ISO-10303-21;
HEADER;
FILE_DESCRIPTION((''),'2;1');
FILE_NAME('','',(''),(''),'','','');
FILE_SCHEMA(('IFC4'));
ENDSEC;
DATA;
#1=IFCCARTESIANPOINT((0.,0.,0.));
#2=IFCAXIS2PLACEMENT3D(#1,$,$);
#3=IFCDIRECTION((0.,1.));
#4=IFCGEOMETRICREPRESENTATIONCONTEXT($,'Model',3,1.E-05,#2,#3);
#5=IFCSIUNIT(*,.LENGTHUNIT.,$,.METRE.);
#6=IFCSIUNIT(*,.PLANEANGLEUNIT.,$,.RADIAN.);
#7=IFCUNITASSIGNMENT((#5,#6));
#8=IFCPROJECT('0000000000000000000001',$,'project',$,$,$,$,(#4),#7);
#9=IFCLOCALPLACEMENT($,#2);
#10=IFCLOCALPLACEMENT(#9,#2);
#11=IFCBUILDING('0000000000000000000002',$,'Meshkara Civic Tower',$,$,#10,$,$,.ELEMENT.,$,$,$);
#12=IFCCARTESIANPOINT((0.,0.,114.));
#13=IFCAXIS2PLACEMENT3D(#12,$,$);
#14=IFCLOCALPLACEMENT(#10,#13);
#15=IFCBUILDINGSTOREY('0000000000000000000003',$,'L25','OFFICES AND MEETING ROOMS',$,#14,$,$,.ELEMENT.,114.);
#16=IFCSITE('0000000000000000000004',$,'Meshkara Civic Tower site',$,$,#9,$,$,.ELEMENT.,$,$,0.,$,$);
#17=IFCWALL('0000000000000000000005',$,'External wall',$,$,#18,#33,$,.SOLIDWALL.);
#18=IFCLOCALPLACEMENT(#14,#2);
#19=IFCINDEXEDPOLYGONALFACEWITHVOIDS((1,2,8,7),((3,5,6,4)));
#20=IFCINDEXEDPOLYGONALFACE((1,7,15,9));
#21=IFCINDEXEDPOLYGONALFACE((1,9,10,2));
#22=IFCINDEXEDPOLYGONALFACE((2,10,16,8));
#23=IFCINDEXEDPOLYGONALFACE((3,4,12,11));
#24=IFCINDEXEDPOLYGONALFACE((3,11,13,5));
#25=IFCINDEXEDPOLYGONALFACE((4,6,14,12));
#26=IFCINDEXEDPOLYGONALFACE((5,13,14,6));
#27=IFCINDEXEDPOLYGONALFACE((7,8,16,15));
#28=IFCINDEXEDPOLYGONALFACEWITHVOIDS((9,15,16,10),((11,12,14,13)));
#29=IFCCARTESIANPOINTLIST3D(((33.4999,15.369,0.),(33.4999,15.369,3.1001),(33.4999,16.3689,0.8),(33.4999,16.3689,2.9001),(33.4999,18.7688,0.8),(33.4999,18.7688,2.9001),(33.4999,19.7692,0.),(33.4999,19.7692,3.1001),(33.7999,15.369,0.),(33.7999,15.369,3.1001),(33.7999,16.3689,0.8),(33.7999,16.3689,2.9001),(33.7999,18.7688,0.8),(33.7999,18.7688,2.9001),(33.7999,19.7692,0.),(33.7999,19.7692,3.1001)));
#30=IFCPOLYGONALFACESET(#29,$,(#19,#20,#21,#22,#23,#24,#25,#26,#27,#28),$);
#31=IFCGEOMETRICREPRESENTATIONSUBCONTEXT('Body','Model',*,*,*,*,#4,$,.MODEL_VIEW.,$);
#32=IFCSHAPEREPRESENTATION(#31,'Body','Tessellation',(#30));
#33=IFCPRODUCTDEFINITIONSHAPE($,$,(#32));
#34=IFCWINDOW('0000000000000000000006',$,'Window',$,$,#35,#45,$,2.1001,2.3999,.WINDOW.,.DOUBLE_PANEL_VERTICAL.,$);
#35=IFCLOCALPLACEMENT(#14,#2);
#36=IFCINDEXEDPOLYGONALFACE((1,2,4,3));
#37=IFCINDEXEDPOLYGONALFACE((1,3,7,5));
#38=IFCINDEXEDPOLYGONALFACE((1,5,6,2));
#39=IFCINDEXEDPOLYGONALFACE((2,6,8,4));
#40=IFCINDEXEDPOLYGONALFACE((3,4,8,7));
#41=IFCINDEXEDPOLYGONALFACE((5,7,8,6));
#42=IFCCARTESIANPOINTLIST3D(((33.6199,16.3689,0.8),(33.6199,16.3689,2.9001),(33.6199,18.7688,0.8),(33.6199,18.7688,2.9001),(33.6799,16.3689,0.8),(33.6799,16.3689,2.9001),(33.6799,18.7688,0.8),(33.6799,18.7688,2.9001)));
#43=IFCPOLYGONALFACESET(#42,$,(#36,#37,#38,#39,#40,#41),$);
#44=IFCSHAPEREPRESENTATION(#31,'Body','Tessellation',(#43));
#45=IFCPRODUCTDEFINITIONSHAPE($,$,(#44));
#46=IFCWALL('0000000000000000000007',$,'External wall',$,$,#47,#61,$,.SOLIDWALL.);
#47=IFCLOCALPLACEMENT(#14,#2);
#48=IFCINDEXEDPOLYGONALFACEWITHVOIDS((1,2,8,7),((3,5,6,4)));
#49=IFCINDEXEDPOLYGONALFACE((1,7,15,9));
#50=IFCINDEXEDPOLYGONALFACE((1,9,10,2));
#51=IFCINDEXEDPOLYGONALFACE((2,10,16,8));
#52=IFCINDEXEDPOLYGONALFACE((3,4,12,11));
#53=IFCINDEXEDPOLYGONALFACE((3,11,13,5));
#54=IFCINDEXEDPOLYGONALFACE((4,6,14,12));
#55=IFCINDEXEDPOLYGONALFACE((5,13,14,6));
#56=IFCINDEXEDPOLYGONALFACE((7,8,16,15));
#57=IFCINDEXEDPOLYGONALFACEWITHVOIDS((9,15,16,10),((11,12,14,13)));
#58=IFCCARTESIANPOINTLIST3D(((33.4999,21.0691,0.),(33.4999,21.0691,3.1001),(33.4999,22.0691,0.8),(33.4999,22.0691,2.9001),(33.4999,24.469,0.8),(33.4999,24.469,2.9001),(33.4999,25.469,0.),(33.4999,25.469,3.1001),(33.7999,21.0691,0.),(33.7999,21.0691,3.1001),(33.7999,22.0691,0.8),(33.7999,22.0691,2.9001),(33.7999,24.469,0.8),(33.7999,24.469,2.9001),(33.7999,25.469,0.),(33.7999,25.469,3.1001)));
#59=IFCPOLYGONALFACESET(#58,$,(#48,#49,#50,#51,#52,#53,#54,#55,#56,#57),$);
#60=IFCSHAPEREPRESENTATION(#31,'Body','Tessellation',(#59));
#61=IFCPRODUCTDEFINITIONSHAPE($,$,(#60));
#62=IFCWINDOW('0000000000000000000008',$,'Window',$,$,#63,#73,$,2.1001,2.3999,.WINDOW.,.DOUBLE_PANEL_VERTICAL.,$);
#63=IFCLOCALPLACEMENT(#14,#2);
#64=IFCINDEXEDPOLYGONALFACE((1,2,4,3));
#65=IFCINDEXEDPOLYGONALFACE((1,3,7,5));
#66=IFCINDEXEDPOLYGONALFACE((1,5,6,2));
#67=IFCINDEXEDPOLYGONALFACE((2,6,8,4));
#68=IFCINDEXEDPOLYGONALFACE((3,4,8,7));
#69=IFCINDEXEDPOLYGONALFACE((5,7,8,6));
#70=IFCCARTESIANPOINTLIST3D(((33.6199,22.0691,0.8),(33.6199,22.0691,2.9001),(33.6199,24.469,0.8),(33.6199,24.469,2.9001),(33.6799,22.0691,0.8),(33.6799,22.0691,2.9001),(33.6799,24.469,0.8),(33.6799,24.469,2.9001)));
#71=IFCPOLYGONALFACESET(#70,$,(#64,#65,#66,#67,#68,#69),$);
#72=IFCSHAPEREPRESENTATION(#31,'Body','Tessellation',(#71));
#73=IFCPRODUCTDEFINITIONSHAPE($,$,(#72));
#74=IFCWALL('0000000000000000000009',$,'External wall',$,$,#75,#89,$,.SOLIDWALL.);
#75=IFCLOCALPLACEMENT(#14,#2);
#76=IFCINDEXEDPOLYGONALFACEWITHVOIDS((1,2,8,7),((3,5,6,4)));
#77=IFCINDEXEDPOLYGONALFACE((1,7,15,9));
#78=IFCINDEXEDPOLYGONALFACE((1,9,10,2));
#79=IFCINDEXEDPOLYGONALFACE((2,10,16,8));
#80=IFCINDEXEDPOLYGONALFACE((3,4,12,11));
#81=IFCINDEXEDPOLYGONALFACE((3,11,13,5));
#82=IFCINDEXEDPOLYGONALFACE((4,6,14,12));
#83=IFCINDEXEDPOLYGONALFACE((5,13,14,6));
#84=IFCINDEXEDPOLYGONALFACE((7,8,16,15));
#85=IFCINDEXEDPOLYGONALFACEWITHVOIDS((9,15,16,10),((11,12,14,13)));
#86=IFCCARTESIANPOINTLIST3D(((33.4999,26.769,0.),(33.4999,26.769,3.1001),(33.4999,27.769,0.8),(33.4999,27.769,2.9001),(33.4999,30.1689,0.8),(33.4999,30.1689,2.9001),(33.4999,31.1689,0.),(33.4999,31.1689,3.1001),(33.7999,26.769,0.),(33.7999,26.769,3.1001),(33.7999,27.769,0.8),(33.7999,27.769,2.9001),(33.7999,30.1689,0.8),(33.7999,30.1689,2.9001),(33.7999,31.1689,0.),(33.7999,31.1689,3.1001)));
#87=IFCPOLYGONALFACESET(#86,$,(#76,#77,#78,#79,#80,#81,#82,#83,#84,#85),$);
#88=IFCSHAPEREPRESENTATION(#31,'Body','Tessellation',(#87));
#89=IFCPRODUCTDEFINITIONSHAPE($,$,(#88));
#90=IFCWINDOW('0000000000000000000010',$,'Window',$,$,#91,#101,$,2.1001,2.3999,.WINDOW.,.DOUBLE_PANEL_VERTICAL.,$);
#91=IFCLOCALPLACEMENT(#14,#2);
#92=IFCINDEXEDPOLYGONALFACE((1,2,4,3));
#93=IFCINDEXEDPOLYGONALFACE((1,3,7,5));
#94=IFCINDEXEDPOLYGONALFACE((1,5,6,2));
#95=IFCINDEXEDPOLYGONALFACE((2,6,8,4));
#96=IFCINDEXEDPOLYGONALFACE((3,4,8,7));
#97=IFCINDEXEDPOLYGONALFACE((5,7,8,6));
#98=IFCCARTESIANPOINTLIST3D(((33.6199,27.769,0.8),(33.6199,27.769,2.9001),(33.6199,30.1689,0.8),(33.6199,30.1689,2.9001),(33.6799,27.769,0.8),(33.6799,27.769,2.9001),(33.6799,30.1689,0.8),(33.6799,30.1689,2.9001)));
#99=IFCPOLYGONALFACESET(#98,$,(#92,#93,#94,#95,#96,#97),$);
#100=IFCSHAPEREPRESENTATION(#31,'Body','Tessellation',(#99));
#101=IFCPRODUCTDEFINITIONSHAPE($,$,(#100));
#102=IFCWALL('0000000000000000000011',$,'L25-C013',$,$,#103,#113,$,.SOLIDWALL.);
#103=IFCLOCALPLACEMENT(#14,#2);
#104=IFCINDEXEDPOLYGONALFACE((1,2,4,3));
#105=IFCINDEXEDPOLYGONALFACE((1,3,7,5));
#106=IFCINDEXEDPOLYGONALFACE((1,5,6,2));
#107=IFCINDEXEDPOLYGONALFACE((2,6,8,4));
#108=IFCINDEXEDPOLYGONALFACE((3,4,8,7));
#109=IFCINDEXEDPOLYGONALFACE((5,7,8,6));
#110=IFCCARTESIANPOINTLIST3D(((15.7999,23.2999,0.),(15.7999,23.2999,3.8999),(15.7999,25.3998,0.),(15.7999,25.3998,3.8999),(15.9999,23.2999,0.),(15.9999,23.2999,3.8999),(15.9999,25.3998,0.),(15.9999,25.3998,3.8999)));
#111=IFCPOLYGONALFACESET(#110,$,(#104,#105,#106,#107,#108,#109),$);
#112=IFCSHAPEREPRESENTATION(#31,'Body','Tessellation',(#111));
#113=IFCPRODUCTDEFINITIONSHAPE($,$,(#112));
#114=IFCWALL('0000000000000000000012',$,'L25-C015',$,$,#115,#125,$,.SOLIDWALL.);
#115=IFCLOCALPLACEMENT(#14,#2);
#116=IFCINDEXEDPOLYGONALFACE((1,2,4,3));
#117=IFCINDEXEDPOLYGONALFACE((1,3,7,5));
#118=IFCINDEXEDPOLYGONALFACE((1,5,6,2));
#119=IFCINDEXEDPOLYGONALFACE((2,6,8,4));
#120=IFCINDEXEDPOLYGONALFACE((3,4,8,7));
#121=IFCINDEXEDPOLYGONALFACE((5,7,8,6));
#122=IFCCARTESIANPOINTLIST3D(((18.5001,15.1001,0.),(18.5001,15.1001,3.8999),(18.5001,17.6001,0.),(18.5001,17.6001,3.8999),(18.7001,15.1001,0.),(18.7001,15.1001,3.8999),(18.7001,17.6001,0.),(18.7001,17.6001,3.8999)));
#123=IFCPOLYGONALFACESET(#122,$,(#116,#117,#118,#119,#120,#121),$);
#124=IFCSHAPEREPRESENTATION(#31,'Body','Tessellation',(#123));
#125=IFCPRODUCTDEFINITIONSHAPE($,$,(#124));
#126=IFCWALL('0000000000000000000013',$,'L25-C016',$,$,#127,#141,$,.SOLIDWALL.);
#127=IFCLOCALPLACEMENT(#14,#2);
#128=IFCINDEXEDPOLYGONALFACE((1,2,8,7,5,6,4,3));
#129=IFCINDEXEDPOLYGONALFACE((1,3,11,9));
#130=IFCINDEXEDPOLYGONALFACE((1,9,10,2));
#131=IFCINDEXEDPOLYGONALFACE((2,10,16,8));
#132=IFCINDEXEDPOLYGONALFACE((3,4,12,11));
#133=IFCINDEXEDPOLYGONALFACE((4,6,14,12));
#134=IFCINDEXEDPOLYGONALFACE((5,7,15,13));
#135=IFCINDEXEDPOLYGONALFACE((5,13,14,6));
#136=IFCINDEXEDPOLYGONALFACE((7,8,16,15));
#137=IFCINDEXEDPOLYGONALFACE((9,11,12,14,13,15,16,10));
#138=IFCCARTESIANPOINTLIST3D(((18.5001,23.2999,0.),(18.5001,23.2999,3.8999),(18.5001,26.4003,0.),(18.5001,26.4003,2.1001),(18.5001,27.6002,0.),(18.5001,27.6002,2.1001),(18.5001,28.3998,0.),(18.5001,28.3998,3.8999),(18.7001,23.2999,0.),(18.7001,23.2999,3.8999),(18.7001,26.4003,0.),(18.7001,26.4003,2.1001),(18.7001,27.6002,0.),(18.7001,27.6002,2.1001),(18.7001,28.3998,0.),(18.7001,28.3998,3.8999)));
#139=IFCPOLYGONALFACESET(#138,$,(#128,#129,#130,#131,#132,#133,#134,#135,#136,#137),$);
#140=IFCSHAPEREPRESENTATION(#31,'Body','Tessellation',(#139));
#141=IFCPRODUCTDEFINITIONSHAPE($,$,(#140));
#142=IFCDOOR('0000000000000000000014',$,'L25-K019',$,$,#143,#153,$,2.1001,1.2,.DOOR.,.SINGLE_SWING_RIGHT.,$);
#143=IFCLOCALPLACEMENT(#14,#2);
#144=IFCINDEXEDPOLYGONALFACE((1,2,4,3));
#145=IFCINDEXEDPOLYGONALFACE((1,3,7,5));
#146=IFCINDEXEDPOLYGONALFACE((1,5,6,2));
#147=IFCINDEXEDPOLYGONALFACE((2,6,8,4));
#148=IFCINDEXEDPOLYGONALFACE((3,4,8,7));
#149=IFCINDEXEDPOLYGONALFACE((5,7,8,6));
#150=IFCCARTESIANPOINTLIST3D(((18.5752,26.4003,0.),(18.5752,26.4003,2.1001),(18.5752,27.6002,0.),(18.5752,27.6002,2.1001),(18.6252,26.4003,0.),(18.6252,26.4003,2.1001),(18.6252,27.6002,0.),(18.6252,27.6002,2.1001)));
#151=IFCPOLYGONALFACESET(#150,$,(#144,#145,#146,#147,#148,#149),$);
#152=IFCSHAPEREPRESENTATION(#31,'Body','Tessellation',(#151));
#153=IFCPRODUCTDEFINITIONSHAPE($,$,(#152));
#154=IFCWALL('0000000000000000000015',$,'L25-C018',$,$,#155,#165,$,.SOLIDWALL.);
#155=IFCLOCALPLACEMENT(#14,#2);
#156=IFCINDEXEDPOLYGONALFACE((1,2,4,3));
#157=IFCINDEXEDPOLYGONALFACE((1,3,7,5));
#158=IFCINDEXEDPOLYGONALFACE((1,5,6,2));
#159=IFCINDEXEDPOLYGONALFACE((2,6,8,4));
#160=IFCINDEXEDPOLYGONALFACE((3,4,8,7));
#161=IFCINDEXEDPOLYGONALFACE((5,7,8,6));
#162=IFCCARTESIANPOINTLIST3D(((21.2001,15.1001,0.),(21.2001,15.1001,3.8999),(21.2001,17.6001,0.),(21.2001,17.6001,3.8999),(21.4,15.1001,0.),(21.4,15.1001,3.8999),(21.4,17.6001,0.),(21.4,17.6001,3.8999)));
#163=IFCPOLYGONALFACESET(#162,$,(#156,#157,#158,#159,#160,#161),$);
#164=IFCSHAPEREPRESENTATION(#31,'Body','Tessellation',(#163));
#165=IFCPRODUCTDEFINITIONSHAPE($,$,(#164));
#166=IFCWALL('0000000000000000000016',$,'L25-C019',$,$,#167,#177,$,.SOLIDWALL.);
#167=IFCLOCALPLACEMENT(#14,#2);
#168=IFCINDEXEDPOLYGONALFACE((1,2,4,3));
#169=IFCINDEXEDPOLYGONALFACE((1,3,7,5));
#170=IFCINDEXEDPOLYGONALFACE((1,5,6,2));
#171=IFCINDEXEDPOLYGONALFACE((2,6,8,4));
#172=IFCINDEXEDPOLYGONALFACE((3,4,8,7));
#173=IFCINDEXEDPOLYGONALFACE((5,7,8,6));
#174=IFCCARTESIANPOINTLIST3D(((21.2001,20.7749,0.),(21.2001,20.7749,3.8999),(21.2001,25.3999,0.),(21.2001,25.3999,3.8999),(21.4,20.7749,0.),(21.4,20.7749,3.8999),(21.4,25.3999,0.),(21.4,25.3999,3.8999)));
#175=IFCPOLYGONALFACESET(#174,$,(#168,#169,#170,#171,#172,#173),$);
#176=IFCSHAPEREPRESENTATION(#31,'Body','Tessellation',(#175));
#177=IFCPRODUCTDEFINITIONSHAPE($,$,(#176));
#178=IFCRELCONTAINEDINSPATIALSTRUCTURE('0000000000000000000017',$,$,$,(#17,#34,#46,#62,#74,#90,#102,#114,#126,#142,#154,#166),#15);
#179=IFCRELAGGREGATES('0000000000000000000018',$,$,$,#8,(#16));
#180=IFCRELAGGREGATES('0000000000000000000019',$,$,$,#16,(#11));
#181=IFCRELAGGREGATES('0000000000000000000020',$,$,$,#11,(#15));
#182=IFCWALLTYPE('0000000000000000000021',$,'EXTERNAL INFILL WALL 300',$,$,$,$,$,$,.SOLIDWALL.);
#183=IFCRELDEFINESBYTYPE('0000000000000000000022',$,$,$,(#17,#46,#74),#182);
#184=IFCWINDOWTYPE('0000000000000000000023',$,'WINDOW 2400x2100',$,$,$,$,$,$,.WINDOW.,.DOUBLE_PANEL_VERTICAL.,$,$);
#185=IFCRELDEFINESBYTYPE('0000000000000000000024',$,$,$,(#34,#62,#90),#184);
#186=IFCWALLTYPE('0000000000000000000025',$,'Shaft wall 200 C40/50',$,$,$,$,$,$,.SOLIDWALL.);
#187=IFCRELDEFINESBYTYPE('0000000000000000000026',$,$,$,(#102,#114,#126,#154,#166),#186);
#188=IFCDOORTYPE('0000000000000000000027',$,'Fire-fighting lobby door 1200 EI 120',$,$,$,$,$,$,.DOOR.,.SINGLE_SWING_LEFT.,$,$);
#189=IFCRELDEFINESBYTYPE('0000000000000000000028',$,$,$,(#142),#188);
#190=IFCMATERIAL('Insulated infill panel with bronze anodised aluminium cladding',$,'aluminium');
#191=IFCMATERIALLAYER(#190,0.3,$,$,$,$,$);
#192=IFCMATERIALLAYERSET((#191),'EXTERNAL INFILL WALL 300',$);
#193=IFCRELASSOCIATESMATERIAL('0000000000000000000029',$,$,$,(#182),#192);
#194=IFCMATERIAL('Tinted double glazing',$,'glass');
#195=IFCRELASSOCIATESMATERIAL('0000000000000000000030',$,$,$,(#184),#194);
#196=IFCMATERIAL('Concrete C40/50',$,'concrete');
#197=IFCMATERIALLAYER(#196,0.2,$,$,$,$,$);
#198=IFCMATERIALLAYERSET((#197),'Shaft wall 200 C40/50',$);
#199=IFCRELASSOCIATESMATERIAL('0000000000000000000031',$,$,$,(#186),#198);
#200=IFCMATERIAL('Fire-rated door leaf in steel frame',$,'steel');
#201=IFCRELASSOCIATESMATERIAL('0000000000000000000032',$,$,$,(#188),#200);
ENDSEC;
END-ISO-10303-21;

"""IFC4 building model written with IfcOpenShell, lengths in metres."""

from ifc_helpers import new_model, si_unit, direction, frame, frame_2d, origin, place, context, subcontext, project, spatial, rectangle, extrude, material, layer, layer_set, type_object, element, fill, save


model = new_model("IFC4")

# Units and contexts
model_context = context("Model", 3, precision=1e-05, world=origin(), true_north=direction((0.0, 1.0)))
body_context = subcontext(model_context, "Body", "Model", "MODEL_VIEW")
ifc_project = project(units=[si_unit("LENGTHUNIT", "METRE"), si_unit("PLANEANGLEUNIT", "RADIAN")], contexts=[model_context])

# Site, building, storey
site_placement = place(None, origin())
site = spatial("IfcSite", under=ifc_project, at=site_placement, Name="Meshkara Civic Tower site", CompositionType="ELEMENT", RefElevation=0.0)
building_placement = place(site_placement, origin())
building = spatial("IfcBuilding", under=site, at=building_placement, Name="Meshkara Civic Tower", CompositionType="ELEMENT")
storey_placement = place(building_placement, frame((0.0, 0.0, 114.0)))
storey = spatial("IfcBuildingStorey", under=building, at=storey_placement, Name="L25", Description="OFFICES AND MEETING ROOMS", CompositionType="ELEMENT", Elevation=114.0)

# Walls, openings, windows
ifc_material_1 = material(Name="Insulated infill panel with bronze anodised aluminium cladding", Category="aluminium")
ifc_layer_1 = layer(ifc_material_1, 0.3)
ifc_layer_set_1 = layer_set([ifc_layer_1], Name="EXTERNAL INFILL WALL 300")
wall_type_1 = type_object("IfcWallType", Name="EXTERNAL INFILL WALL 300", PredefinedType="SOLIDWALL", material=ifc_layer_set_1)
ifc_material_2 = material(Name="Tinted double glazing", Category="glass")
window_type = type_object("IfcWindowType", Name="WINDOW 2400x2100", PartitioningType="DOUBLE_PANEL_VERTICAL", PredefinedType="WINDOW", material=ifc_material_2)
wall_1_placement = place(storey_placement, frame((33.6499, 15.3689, 0.0), z_axis=(0.0, 0.0, 1.0), x_axis=(0.0, 1.0, 0.0)))
wall_1 = element("IfcWall", 1, at=wall_1_placement, inside=storey, type_object=wall_type_1, Name="External wall", PredefinedType="SOLIDWALL", context=body_context, shape_type="SweptSolid", body=[
    extrude(rectangle(XDim=4.4001, YDim=0.3, at=frame_2d((2.2002, 0.0))), origin(), (0.0, 0.0, 1.0), 3.1001),
])
opening_1_placement = place(wall_1_placement, frame((1.0, 0.0, 0.8)))
opening_1 = element("IfcOpeningElement", 2, at=opening_1_placement, cuts=wall_1, PredefinedType="OPENING", context=body_context, shape_type="SweptSolid", body=[
    extrude(rectangle(XDim=2.3999, YDim=2.1001, at=frame_2d((1.2, 1.05))), frame((0.0, 0.1599, 0.0), z_axis=(0.0, -1.0, 0.0), x_axis=(1.0, 0.0, 0.0)), (0.0, 0.0, 1.0), 0.3201),
])
window_1_placement = place(opening_1_placement, origin())
window_1 = element("IfcWindow", 3, at=window_1_placement, inside=storey, type_object=window_type, Name="Window", OverallHeight=2.1001, OverallWidth=2.3999, PartitioningType="DOUBLE_PANEL_VERTICAL", PredefinedType="WINDOW", context=body_context, shape_type="SweptSolid", body=[
    extrude(rectangle(XDim=2.3999, YDim=2.1001, at=frame_2d((1.2, 1.05))), frame((0.0, 0.03, 0.0), z_axis=(0.0, -1.0, 0.0), x_axis=(1.0, 0.0, 0.0)), (0.0, 0.0, 1.0), 0.0601),
])
fill(opening_1, window_1)
wall_2_placement = place(storey_placement, frame((33.6499, 21.0691, 0.0), z_axis=(0.0, 0.0, 1.0), x_axis=(0.0, 1.0, 0.0)))
wall_2 = element("IfcWall", 4, at=wall_2_placement, inside=storey, type_object=wall_type_1, Name="External wall", PredefinedType="SOLIDWALL", context=body_context, shape_type="SweptSolid", body=[
    extrude(rectangle(XDim=4.3999, YDim=0.3, at=frame_2d((2.2, 0.0))), origin(), (0.0, 0.0, 1.0), 3.1001),
])
opening_2_placement = place(wall_2_placement, frame((1.0, 0.0, 0.8)))
opening_2 = element("IfcOpeningElement", 5, at=opening_2_placement, cuts=wall_2, PredefinedType="OPENING", context=body_context, shape_type="SweptSolid", body=[
    extrude(rectangle(XDim=2.3999, YDim=2.1001, at=frame_2d((1.2, 1.05))), frame((0.0, 0.1599, 0.0), z_axis=(0.0, -1.0, 0.0), x_axis=(1.0, 0.0, 0.0)), (0.0, 0.0, 1.0), 0.3201),
])
window_2_placement = place(opening_2_placement, origin())
window_2 = element("IfcWindow", 6, at=window_2_placement, inside=storey, type_object=window_type, Name="Window", OverallHeight=2.1001, OverallWidth=2.3999, PartitioningType="DOUBLE_PANEL_VERTICAL", PredefinedType="WINDOW", context=body_context, shape_type="SweptSolid", body=[
    extrude(rectangle(XDim=2.3999, YDim=2.1001, at=frame_2d((1.2, 1.05))), frame((0.0, 0.03, 0.0), z_axis=(0.0, -1.0, 0.0), x_axis=(1.0, 0.0, 0.0)), (0.0, 0.0, 1.0), 0.0601),
])
fill(opening_2, window_2)
wall_3_placement = place(storey_placement, frame((33.6499, 26.769, 0.0), z_axis=(0.0, 0.0, 1.0), x_axis=(0.0, 1.0, 0.0)))
wall_3 = element("IfcWall", 7, at=wall_3_placement, inside=storey, type_object=wall_type_1, Name="External wall", PredefinedType="SOLIDWALL", context=body_context, shape_type="SweptSolid", body=[
    extrude(rectangle(XDim=4.3999, YDim=0.3, at=frame_2d((2.2, 0.0))), origin(), (0.0, 0.0, 1.0), 3.1001),
])
opening_3_placement = place(wall_3_placement, frame((1.0, 0.0, 0.8)))
opening_3 = element("IfcOpeningElement", 8, at=opening_3_placement, cuts=wall_3, PredefinedType="OPENING", context=body_context, shape_type="SweptSolid", body=[
    extrude(rectangle(XDim=2.3999, YDim=2.1001, at=frame_2d((1.2, 1.05))), frame((0.0, 0.1599, 0.0), z_axis=(0.0, -1.0, 0.0), x_axis=(1.0, 0.0, 0.0)), (0.0, 0.0, 1.0), 0.3201),
])
window_3_placement = place(opening_3_placement, origin())
window_3 = element("IfcWindow", 9, at=window_3_placement, inside=storey, type_object=window_type, Name="Window", OverallHeight=2.1001, OverallWidth=2.3999, PartitioningType="DOUBLE_PANEL_VERTICAL", PredefinedType="WINDOW", context=body_context, shape_type="SweptSolid", body=[
    extrude(rectangle(XDim=2.3999, YDim=2.1001, at=frame_2d((1.2, 1.05))), frame((0.0, 0.03, 0.0), z_axis=(0.0, -1.0, 0.0), x_axis=(1.0, 0.0, 0.0)), (0.0, 0.0, 1.0), 0.0601),
])
fill(opening_3, window_3)

# Walls
ifc_material_3 = material(Name="Concrete C40/50", Category="concrete")
ifc_layer_2 = layer(ifc_material_3, 0.2)
ifc_layer_set_2 = layer_set([ifc_layer_2], Name="Shaft wall 200 C40/50")
wall_type_2 = type_object("IfcWallType", Name="Shaft wall 200 C40/50", PredefinedType="SOLIDWALL", material=ifc_layer_set_2)
wall_4_placement = place(storey_placement, frame((15.8999, 23.3, 0.0), z_axis=(0.0, 0.0, 1.0), x_axis=(0.0, 1.0, 0.0)))
element("IfcWall", 10, at=wall_4_placement, inside=storey, type_object=wall_type_2, Name="L25-C013", PredefinedType="SOLIDWALL", context=body_context, shape_type="SweptSolid", body=[
    extrude(rectangle(XDim=2.0999, YDim=0.2, at=frame_2d((1.0498, 0.0))), origin(), (0.0, 0.0, 1.0), 3.8999),
])
wall_5_placement = place(storey_placement, frame((18.6001, 15.1001, 0.0), z_axis=(0.0, 0.0, 1.0), x_axis=(0.0, 1.0, 0.0)))
element("IfcWall", 11, at=wall_5_placement, inside=storey, type_object=wall_type_2, Name="L25-C015", PredefinedType="SOLIDWALL", context=body_context, shape_type="SweptSolid", body=[
    extrude(rectangle(XDim=2.5, YDim=0.2, at=frame_2d((1.25, 0.0))), origin(), (0.0, 0.0, 1.0), 3.8999),
])

# Wall, opening, door
wall_6_placement = place(storey_placement, frame((18.6001, 23.3, 0.0), z_axis=(0.0, 0.0, 1.0), x_axis=(0.0, 1.0, 0.0)))
wall_6 = element("IfcWall", 12, at=wall_6_placement, inside=storey, type_object=wall_type_2, Name="L25-C016", PredefinedType="SOLIDWALL", context=body_context, shape_type="SweptSolid", body=[
    extrude(rectangle(XDim=5.0999, YDim=0.2, at=frame_2d((2.5498, 0.0))), origin(), (0.0, 0.0, 1.0), 3.8999),
])
opening_4_placement = place(wall_6_placement, frame((3.1001, 0.0, 0.0)))
opening_4 = element("IfcOpeningElement", 13, at=opening_4_placement, cuts=wall_6, PredefinedType="OPENING", context=body_context, shape_type="SweptSolid", body=[
    extrude(rectangle(XDim=1.2, YDim=2.1001, at=frame_2d((0.6001, 1.05))), frame((0.0, 0.1099, 0.0), z_axis=(0.0, -1.0, 0.0), x_axis=(1.0, 0.0, 0.0)), (0.0, 0.0, 1.0), 0.22),
])
ifc_material_4 = material(Name="Fire-rated door leaf in steel frame", Category="steel")
door_type_1 = type_object("IfcDoorType", Name="Fire-fighting lobby door 1200 EI 120", OperationType="SINGLE_SWING_LEFT", PredefinedType="DOOR", material=ifc_material_4)
door_1_placement = place(opening_4_placement, origin())
door_1 = element("IfcDoor", 14, at=door_1_placement, inside=storey, type_object=door_type_1, Name="L25-K019", OperationType="SINGLE_SWING_RIGHT", OverallHeight=2.1001, OverallWidth=1.2, PredefinedType="DOOR", context=body_context, shape_type="SweptSolid", body=[
    extrude(rectangle(XDim=1.2, YDim=2.1001, at=frame_2d((0.6001, 1.05))), frame((0.0, 0.0249, 0.0), z_axis=(0.0, -1.0, 0.0), x_axis=(1.0, 0.0, 0.0)), (0.0, 0.0, 1.0), 0.05),
])
fill(opening_4, door_1)

# Walls
wall_7_placement = place(storey_placement, frame((21.3, 15.1001, 0.0), z_axis=(0.0, 0.0, 1.0), x_axis=(0.0, 1.0, 0.0)))
element("IfcWall", 15, at=wall_7_placement, inside=storey, type_object=wall_type_2, Name="L25-C018", PredefinedType="SOLIDWALL", context=body_context, shape_type="SweptSolid", body=[
    extrude(rectangle(XDim=2.5, YDim=0.2, at=frame_2d((1.25, 0.0))), origin(), (0.0, 0.0, 1.0), 3.8999),
])
wall_8_placement = place(storey_placement, frame((21.3, 20.7749, 0.0), z_axis=(0.0, 0.0, 1.0), x_axis=(0.0, 1.0, 0.0)))
element("IfcWall", 16, at=wall_8_placement, inside=storey, type_object=wall_type_2, Name="L25-C019", PredefinedType="SOLIDWALL", context=body_context, shape_type="SweptSolid", body=[
    extrude(rectangle(XDim=4.625, YDim=0.2, at=frame_2d((2.3125, 0.0))), origin(), (0.0, 0.0, 1.0), 3.8999),
])

save(model, "model.ifc")
